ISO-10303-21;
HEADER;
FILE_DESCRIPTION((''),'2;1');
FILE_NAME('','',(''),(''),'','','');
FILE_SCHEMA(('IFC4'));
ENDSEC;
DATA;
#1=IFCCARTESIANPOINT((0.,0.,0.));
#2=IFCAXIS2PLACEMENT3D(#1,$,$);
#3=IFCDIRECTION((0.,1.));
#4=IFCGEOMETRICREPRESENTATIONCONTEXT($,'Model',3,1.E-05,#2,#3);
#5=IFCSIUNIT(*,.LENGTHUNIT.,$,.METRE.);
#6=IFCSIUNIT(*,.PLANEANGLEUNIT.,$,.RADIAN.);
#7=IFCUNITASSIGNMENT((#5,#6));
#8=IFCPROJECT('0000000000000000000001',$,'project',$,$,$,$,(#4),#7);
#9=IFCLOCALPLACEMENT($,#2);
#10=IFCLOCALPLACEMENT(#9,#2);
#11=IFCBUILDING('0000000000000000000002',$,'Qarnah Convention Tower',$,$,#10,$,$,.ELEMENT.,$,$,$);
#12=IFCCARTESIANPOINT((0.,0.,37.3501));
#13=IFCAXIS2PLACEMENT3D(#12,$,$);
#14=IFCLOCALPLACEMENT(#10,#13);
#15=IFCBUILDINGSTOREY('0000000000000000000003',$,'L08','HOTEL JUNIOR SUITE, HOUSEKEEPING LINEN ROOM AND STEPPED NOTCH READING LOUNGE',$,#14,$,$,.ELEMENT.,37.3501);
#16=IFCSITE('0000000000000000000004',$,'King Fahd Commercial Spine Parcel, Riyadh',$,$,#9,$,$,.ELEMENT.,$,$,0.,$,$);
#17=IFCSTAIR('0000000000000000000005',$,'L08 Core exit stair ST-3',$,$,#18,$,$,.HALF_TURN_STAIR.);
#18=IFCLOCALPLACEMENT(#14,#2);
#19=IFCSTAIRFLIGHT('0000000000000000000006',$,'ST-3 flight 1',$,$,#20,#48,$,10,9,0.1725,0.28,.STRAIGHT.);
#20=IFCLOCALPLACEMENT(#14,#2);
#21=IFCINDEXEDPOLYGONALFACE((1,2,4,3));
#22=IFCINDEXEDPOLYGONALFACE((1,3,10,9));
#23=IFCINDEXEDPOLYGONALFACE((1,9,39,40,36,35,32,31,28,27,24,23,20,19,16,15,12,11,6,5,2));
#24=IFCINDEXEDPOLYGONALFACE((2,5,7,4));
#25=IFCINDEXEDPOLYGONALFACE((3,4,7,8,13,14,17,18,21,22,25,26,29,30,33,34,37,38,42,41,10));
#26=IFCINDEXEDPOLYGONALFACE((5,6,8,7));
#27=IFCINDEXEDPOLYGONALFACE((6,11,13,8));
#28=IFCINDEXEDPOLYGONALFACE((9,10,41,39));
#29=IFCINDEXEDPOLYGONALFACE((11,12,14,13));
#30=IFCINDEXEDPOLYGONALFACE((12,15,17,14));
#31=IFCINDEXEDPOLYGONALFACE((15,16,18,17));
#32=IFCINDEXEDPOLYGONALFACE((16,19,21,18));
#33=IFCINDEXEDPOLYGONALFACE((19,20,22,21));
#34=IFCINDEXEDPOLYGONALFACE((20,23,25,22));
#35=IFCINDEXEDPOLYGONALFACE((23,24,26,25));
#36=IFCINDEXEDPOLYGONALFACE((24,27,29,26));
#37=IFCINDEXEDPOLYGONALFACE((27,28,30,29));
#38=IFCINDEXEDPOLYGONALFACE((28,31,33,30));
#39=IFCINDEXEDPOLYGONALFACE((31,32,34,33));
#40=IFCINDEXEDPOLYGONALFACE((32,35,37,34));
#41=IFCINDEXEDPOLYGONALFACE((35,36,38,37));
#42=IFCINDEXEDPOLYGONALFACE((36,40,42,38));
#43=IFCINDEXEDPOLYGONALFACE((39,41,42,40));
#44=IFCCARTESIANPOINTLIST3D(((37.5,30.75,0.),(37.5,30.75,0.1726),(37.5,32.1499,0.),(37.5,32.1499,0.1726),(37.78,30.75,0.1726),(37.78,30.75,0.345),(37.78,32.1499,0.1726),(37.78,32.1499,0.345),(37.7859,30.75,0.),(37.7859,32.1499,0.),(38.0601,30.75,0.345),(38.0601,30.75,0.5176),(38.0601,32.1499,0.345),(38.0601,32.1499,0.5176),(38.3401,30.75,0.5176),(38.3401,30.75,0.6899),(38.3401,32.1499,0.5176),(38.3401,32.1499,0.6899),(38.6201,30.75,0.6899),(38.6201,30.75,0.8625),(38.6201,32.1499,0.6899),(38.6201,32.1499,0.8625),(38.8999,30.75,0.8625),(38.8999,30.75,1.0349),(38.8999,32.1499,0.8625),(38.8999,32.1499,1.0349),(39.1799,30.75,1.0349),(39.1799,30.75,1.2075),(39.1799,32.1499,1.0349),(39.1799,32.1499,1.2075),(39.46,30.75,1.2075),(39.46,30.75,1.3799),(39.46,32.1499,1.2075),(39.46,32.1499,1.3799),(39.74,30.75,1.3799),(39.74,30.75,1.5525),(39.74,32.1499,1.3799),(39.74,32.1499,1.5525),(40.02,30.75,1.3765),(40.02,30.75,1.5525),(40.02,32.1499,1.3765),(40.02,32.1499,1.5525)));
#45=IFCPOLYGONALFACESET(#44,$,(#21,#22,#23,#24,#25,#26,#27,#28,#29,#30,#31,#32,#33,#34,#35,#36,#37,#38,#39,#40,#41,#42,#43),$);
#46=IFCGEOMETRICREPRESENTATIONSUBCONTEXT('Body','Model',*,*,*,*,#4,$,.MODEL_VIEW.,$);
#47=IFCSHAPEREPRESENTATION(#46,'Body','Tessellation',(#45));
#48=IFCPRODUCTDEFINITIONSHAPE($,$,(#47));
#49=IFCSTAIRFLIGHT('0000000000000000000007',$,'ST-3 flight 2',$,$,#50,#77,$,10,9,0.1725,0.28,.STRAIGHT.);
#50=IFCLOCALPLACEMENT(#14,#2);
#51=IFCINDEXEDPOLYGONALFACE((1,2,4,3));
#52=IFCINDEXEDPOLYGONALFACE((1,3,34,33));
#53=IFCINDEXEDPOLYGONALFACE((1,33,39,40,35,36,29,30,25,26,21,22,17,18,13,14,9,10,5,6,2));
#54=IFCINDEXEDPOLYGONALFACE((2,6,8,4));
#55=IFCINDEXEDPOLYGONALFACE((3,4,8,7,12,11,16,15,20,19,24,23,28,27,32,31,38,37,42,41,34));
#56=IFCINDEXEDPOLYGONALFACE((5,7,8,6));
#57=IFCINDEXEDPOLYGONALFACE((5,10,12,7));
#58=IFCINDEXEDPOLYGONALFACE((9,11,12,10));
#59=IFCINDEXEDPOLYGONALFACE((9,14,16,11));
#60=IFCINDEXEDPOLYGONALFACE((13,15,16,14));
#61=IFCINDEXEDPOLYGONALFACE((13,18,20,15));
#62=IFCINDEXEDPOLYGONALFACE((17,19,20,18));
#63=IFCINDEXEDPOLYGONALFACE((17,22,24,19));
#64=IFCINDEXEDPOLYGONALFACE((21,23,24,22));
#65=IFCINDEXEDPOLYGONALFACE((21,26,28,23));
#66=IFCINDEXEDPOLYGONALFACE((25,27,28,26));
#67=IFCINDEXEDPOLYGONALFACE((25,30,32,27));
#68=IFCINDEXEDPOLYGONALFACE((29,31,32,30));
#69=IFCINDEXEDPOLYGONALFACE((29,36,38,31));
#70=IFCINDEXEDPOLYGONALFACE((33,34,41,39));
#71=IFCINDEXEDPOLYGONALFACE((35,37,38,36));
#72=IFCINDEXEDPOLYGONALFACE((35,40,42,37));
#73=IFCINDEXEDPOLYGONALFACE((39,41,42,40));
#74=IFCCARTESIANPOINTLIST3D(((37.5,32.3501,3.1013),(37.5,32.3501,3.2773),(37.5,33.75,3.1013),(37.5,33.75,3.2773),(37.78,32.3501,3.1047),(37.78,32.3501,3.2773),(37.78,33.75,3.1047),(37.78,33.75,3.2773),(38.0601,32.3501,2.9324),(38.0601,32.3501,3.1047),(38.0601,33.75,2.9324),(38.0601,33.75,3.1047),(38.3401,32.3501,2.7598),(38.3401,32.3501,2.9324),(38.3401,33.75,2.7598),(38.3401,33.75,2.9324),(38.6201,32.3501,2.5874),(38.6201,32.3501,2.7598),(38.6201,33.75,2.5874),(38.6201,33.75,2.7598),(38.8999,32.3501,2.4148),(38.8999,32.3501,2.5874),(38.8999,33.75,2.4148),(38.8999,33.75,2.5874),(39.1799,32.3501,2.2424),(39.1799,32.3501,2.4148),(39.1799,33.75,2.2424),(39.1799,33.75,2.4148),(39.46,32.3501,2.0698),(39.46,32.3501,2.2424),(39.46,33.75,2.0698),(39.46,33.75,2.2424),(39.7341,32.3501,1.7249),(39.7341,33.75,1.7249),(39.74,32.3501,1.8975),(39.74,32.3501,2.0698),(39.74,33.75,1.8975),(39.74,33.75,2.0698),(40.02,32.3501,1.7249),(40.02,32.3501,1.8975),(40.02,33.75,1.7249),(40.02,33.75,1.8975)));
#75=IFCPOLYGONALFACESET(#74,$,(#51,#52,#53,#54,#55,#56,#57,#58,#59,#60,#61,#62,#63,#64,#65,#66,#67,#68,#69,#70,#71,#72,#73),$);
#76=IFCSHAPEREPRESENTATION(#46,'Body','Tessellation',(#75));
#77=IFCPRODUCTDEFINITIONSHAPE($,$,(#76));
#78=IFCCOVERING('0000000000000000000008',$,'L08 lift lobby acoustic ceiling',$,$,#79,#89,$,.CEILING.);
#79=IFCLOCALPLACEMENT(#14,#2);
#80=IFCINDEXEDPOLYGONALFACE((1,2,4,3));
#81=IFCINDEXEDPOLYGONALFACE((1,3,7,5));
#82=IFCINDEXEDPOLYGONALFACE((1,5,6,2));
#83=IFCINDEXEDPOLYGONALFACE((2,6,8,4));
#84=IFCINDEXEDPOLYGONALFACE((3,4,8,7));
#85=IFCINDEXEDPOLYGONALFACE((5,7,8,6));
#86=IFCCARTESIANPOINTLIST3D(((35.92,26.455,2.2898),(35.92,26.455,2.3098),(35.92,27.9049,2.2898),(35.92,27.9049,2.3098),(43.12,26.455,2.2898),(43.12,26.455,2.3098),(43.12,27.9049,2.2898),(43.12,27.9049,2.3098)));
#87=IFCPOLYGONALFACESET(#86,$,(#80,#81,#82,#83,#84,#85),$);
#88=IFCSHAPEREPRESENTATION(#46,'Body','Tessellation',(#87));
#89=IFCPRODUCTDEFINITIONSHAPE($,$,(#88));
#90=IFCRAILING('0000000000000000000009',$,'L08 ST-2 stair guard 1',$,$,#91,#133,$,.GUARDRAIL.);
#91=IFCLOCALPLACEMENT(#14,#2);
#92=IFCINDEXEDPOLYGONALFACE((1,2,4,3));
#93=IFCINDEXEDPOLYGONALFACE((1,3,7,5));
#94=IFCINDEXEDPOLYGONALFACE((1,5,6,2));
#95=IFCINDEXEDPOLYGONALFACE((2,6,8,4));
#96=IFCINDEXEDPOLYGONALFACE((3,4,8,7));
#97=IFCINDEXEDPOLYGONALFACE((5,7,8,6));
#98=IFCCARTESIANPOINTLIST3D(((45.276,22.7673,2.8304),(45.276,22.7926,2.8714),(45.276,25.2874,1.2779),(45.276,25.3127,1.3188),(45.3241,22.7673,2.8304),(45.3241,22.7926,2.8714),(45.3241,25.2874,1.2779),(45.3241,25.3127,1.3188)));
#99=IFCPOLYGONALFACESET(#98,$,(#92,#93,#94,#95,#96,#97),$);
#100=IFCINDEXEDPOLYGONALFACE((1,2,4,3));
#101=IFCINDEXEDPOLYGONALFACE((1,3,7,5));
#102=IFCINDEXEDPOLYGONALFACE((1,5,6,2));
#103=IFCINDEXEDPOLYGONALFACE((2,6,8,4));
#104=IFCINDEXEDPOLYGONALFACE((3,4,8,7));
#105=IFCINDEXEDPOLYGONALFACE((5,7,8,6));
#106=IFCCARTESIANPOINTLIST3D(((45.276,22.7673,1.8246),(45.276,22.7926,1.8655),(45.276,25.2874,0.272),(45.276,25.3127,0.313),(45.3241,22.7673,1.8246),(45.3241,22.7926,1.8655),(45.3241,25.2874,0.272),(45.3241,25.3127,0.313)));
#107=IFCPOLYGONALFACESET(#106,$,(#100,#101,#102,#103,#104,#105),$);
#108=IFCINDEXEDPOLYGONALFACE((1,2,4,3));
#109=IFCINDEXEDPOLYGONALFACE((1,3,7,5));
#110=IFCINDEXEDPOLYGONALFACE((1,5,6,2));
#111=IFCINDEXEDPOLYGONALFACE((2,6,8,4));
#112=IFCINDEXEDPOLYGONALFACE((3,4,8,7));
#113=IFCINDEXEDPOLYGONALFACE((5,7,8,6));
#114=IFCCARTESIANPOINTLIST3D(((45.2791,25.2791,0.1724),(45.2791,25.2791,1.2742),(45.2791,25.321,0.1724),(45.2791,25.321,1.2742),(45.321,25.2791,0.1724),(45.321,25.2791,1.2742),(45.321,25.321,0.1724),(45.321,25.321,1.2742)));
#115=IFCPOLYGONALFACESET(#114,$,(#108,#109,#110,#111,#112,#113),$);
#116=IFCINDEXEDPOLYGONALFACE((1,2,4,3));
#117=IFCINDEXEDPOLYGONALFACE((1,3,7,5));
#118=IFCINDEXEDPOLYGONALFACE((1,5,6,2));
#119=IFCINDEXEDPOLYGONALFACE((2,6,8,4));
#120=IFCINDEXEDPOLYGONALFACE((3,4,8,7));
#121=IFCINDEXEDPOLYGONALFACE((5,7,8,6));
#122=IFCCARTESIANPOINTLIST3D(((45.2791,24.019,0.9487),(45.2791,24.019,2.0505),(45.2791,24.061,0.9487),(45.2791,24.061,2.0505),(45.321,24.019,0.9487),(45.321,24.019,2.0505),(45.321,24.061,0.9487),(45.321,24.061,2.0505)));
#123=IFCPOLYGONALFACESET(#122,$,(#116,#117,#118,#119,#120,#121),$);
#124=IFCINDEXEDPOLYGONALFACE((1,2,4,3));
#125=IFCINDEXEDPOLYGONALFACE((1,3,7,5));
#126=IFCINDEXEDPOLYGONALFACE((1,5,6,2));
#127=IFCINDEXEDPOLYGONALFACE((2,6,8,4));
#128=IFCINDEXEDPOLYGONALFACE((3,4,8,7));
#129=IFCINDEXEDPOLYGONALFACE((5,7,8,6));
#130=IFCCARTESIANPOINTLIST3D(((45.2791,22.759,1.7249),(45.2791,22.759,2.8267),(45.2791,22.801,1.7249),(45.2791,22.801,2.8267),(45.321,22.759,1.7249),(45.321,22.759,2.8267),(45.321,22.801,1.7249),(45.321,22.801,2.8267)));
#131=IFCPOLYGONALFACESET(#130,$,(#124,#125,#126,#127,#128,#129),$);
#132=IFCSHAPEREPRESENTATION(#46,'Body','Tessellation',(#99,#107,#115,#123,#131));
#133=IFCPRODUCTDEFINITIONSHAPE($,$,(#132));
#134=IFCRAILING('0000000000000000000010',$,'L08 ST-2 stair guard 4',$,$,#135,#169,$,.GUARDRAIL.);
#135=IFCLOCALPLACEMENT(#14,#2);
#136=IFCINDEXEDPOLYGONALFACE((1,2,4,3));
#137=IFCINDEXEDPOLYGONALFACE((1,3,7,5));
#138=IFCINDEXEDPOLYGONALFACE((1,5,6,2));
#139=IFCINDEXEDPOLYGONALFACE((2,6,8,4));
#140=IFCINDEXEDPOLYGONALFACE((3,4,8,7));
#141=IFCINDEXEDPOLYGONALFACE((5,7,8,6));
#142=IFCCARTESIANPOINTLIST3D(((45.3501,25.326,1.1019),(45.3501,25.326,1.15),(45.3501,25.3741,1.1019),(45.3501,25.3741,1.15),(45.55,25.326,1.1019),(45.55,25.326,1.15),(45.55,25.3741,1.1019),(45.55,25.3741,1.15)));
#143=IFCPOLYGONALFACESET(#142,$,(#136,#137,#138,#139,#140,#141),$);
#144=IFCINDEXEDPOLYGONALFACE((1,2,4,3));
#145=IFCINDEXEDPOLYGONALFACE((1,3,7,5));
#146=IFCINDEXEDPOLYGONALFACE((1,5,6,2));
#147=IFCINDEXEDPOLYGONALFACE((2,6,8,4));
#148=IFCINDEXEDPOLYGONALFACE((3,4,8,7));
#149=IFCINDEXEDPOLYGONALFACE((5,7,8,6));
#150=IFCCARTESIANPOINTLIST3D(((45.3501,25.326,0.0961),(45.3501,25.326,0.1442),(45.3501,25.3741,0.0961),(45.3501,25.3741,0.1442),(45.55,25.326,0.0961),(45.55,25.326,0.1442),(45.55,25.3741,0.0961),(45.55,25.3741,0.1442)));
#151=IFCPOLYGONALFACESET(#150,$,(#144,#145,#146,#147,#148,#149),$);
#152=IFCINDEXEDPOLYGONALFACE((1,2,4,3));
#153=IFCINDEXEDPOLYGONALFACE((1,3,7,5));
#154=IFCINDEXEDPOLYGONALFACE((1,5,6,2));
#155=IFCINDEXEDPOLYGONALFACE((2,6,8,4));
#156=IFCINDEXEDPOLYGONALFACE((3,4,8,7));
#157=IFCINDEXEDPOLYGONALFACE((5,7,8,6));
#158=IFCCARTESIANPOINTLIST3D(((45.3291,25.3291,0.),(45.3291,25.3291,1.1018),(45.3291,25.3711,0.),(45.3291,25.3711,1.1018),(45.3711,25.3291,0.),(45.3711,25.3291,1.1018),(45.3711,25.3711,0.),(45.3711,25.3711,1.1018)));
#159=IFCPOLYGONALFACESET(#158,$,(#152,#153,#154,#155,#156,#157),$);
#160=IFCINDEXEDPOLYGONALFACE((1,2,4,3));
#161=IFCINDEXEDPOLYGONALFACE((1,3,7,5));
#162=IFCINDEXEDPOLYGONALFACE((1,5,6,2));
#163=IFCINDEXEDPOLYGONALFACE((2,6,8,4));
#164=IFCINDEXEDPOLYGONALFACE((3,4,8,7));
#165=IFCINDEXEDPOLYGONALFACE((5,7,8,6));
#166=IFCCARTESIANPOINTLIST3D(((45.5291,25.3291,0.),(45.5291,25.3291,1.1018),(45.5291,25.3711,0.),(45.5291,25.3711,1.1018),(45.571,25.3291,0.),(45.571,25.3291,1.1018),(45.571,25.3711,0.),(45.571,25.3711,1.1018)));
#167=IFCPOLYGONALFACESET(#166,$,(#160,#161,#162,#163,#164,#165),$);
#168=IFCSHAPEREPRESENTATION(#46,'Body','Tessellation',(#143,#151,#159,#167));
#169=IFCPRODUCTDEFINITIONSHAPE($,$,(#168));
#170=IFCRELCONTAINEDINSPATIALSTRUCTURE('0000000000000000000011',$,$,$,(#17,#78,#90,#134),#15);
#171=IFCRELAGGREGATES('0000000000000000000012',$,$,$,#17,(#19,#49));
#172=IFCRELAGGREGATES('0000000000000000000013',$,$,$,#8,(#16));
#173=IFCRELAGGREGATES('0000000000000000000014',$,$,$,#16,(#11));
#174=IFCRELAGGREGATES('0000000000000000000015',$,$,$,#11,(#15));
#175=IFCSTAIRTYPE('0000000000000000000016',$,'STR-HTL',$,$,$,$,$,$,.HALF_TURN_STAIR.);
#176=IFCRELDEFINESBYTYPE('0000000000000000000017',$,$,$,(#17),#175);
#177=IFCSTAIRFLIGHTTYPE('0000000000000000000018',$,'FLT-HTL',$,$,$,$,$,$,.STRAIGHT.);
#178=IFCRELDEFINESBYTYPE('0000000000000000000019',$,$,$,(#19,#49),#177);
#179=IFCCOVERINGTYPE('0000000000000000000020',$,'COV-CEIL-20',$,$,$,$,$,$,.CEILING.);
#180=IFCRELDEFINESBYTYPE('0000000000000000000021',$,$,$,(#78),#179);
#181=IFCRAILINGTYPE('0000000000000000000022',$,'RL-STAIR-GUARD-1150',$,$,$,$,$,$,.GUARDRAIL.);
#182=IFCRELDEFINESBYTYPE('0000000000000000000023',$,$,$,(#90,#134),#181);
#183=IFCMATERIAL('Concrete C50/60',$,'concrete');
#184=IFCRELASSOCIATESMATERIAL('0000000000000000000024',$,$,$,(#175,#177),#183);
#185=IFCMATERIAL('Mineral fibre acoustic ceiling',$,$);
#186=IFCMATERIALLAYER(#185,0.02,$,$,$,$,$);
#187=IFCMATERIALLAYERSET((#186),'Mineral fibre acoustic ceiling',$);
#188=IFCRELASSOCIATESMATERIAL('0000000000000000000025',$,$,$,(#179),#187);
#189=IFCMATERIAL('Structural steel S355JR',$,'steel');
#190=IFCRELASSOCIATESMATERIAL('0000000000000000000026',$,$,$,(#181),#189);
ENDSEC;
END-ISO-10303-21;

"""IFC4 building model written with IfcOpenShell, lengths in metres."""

from ifc_helpers import new_model, si_unit, direction, frame, origin, origin_2d, place, context, subcontext, project, spatial, polyline, rectangle, outline, extrude, material, layer, layer_set, type_object, element, aggregate, save


model = new_model("IFC4")

# Units and contexts
model_context = context("Model", 3, precision=1e-05, world=origin(), true_north=direction((0.0, 1.0)))
body_context = subcontext(model_context, "Body", "Model", "MODEL_VIEW")
ifc_project = project(units=[si_unit("LENGTHUNIT", "METRE"), si_unit("PLANEANGLEUNIT", "RADIAN")], contexts=[model_context])

# Site, building, storey
site_placement = place(None, origin())
site = spatial("IfcSite", under=ifc_project, at=site_placement, Name="King Fahd Commercial Spine Parcel, Riyadh", CompositionType="ELEMENT", RefElevation=0.0)
building_placement = place(site_placement, origin())
building = spatial("IfcBuilding", under=site, at=building_placement, Name="Qarnah Convention Tower", CompositionType="ELEMENT")
storey_placement = place(building_placement, frame((0.0, 0.0, 37.3501)))
storey = spatial("IfcBuildingStorey", under=building, at=storey_placement, Name="L08", Description="HOTEL JUNIOR SUITE, HOUSEKEEPING LINEN ROOM AND STEPPED NOTCH READING LOUNGE", CompositionType="ELEMENT", Elevation=37.3501)

# Shared definitions
ifc_material_1 = material(Name="Structural steel S355JR", Category="steel")

# Stair, stair flights
ifc_material_2 = material(Name="Concrete C50/60", Category="concrete")
stair_type = type_object("IfcStairType", Name="STR-HTL", PredefinedType="HALF_TURN_STAIR", material=ifc_material_2)
stair_placement = place(storey_placement, origin())
stair = element("IfcStair", 1, at=stair_placement, inside=storey, type_object=stair_type, Name="L08 Core exit stair ST-3", PredefinedType="HALF_TURN_STAIR")
stair_flight_type = type_object("IfcStairFlightType", Name="FLT-HTL", PredefinedType="STRAIGHT", material=ifc_material_2)
stair_flight_1_placement = place(storey_placement, frame((37.5, 31.45, 0.0), z_axis=(0.0, 0.0, 1.0), x_axis=(1.0, 0.0, 0.0)))
stair_flight_1 = element("IfcStairFlight", 2, at=stair_flight_1_placement, type_object=stair_flight_type, Name="ST-3 flight 1", NumberOfRisers=10, NumberOfTreads=9, PredefinedType="STRAIGHT", RiserHeight=0.1725, TreadLength=0.28, context=body_context, shape_type="SweptSolid", body=[
    extrude(outline(polyline([(0.0, 0.0), (0.0, 0.1726), (0.28, 0.1726), (0.28, 0.345), (0.5601, 0.345), (0.5601, 0.5176), (0.8401, 0.5176), (0.8401, 0.6899), (1.1201, 0.6899), (1.1201, 0.8625), (1.3999, 0.8625), (1.3999, 1.0349), (1.6799, 1.0349), (1.6799, 1.2075), (1.96, 1.2075), (1.96, 1.3799), (2.24, 1.3799), (2.24, 1.5525), (2.52, 1.5525), (2.52, 1.7251), (2.52, 1.3765), (0.2859, 0.0), (0.0, 0.0)])), frame((0.0, 0.7, 0.0), z_axis=(0.0, -1.0, 0.0), x_axis=(1.0, 0.0, 0.0)), (0.0, 0.0, 1.0), 1.3999),
])
stair_flight_2_placement = place(storey_placement, frame((40.02, 33.05, 1.7249), z_axis=(0.0, 0.0, 1.0), x_axis=(-1.0, 0.0, 0.0)))
stair_flight_2 = element("IfcStairFlight", 3, at=stair_flight_2_placement, type_object=stair_flight_type, Name="ST-3 flight 2", NumberOfRisers=10, NumberOfTreads=9, PredefinedType="STRAIGHT", RiserHeight=0.1725, TreadLength=0.28, context=body_context, shape_type="SweptSolid", body=[
    extrude(outline(polyline([(0.0, 0.0), (0.0, 0.1726), (0.28, 0.1726), (0.28, 0.345), (0.5601, 0.345), (0.5601, 0.5176), (0.8401, 0.5176), (0.8401, 0.6899), (1.1201, 0.6899), (1.1201, 0.8625), (1.3999, 0.8625), (1.3999, 1.0349), (1.6799, 1.0349), (1.6799, 1.2075), (1.96, 1.2075), (1.96, 1.3799), (2.24, 1.3799), (2.24, 1.5525), (2.52, 1.5525), (2.52, 1.7251), (2.52, 1.3765), (0.2859, 0.0), (0.0, 0.0)])), frame((0.0, 0.7, 0.0), z_axis=(0.0, -1.0, 0.0), x_axis=(1.0, 0.0, 0.0)), (0.0, 0.0, 1.0), 1.3999),
])
aggregate(stair, [stair_flight_1, stair_flight_2])

# Covering
ifc_material_3 = material(Name="Mineral fibre acoustic ceiling")
ifc_layer_1 = layer(ifc_material_3, 0.02)
ifc_layer_set_1 = layer_set([ifc_layer_1], Name="Mineral fibre acoustic ceiling")
covering_type = type_object("IfcCoveringType", Name="COV-CEIL-20", PredefinedType="CEILING", material=ifc_layer_set_1)
covering_placement = place(storey_placement, frame((39.52, 27.1799, 2.2898), z_axis=(0.0, 0.0, 1.0), x_axis=(1.0, 0.0, 0.0)))
element("IfcCovering", 4, at=covering_placement, inside=storey, type_object=covering_type, Name="L08 lift lobby acoustic ceiling", PredefinedType="CEILING", context=body_context, shape_type="SweptSolid", body=[
    extrude(rectangle(XDim=7.2, YDim=1.45, at=origin_2d()), origin(), (0.0, 0.0, 1.0), 0.02),
])

# Railings
railing_type_1 = type_object("IfcRailingType", Name="RL-STAIR-GUARD-1150", PredefinedType="GUARDRAIL", material=ifc_material_1)
railing_1_placement = place(storey_placement, frame((45.3, 25.3, 0.1724)))
element("IfcRailing", 5, at=railing_1_placement, inside=storey, type_object=railing_type_1, Name="L08 ST-2 stair guard 1", PredefinedType="GUARDRAIL", context=body_context, shape_type="SweptSolid", body=[
    extrude(rectangle(XDim=0.0481, YDim=0.0481, at=origin_2d()), frame((0.0, 0.0, 1.126), z_axis=(0.0, -0.8514, 0.524516), x_axis=(1.0, 0.0, 0.0)), (0.0, 0.0, 1.0), 2.96),
    extrude(rectangle(XDim=0.0481, YDim=0.0481, at=origin_2d()), frame((0.0, 0.0, 0.1201), z_axis=(0.0, -0.8514, 0.524516), x_axis=(1.0, 0.0, 0.0)), (0.0, 0.0, 1.0), 2.96),
    extrude(rectangle(XDim=0.042, YDim=0.042, at=origin_2d()), origin(), (0.0, 0.0, 1.0), 1.1018),
    extrude(rectangle(XDim=0.042, YDim=0.042, at=origin_2d()), frame((0.0, -1.26, 0.7764)), (0.0, 0.0, 1.0), 1.1018),
    extrude(rectangle(XDim=0.042, YDim=0.042, at=origin_2d()), frame((0.0, -2.52, 1.5525)), (0.0, 0.0, 1.0), 1.1018),
])
railing_2_placement = place(storey_placement, frame((45.3501, 25.3501, 0.0)))
element("IfcRailing", 6, at=railing_2_placement, inside=storey, type_object=railing_type_1, Name="L08 ST-2 stair guard 4", PredefinedType="GUARDRAIL", context=body_context, shape_type="SweptSolid", body=[
    extrude(rectangle(XDim=0.0481, YDim=0.0481, at=origin_2d()), frame((0.0, 0.0, 1.126), z_axis=(1.0, 0.0, 0.0), x_axis=(0.0, 1.0, 0.0)), (0.0, 0.0, 1.0), 0.2),
    extrude(rectangle(XDim=0.0481, YDim=0.0481, at=origin_2d()), frame((0.0, 0.0, 0.1201), z_axis=(1.0, 0.0, 0.0), x_axis=(0.0, 1.0, 0.0)), (0.0, 0.0, 1.0), 0.2),
    extrude(rectangle(XDim=0.042, YDim=0.042, at=origin_2d()), origin(), (0.0, 0.0, 1.0), 1.1018),
    extrude(rectangle(XDim=0.042, YDim=0.042, at=origin_2d()), frame((0.2, 0.0, 0.0)), (0.0, 0.0, 1.0), 1.1018),
])

save(model, "model.ifc")
